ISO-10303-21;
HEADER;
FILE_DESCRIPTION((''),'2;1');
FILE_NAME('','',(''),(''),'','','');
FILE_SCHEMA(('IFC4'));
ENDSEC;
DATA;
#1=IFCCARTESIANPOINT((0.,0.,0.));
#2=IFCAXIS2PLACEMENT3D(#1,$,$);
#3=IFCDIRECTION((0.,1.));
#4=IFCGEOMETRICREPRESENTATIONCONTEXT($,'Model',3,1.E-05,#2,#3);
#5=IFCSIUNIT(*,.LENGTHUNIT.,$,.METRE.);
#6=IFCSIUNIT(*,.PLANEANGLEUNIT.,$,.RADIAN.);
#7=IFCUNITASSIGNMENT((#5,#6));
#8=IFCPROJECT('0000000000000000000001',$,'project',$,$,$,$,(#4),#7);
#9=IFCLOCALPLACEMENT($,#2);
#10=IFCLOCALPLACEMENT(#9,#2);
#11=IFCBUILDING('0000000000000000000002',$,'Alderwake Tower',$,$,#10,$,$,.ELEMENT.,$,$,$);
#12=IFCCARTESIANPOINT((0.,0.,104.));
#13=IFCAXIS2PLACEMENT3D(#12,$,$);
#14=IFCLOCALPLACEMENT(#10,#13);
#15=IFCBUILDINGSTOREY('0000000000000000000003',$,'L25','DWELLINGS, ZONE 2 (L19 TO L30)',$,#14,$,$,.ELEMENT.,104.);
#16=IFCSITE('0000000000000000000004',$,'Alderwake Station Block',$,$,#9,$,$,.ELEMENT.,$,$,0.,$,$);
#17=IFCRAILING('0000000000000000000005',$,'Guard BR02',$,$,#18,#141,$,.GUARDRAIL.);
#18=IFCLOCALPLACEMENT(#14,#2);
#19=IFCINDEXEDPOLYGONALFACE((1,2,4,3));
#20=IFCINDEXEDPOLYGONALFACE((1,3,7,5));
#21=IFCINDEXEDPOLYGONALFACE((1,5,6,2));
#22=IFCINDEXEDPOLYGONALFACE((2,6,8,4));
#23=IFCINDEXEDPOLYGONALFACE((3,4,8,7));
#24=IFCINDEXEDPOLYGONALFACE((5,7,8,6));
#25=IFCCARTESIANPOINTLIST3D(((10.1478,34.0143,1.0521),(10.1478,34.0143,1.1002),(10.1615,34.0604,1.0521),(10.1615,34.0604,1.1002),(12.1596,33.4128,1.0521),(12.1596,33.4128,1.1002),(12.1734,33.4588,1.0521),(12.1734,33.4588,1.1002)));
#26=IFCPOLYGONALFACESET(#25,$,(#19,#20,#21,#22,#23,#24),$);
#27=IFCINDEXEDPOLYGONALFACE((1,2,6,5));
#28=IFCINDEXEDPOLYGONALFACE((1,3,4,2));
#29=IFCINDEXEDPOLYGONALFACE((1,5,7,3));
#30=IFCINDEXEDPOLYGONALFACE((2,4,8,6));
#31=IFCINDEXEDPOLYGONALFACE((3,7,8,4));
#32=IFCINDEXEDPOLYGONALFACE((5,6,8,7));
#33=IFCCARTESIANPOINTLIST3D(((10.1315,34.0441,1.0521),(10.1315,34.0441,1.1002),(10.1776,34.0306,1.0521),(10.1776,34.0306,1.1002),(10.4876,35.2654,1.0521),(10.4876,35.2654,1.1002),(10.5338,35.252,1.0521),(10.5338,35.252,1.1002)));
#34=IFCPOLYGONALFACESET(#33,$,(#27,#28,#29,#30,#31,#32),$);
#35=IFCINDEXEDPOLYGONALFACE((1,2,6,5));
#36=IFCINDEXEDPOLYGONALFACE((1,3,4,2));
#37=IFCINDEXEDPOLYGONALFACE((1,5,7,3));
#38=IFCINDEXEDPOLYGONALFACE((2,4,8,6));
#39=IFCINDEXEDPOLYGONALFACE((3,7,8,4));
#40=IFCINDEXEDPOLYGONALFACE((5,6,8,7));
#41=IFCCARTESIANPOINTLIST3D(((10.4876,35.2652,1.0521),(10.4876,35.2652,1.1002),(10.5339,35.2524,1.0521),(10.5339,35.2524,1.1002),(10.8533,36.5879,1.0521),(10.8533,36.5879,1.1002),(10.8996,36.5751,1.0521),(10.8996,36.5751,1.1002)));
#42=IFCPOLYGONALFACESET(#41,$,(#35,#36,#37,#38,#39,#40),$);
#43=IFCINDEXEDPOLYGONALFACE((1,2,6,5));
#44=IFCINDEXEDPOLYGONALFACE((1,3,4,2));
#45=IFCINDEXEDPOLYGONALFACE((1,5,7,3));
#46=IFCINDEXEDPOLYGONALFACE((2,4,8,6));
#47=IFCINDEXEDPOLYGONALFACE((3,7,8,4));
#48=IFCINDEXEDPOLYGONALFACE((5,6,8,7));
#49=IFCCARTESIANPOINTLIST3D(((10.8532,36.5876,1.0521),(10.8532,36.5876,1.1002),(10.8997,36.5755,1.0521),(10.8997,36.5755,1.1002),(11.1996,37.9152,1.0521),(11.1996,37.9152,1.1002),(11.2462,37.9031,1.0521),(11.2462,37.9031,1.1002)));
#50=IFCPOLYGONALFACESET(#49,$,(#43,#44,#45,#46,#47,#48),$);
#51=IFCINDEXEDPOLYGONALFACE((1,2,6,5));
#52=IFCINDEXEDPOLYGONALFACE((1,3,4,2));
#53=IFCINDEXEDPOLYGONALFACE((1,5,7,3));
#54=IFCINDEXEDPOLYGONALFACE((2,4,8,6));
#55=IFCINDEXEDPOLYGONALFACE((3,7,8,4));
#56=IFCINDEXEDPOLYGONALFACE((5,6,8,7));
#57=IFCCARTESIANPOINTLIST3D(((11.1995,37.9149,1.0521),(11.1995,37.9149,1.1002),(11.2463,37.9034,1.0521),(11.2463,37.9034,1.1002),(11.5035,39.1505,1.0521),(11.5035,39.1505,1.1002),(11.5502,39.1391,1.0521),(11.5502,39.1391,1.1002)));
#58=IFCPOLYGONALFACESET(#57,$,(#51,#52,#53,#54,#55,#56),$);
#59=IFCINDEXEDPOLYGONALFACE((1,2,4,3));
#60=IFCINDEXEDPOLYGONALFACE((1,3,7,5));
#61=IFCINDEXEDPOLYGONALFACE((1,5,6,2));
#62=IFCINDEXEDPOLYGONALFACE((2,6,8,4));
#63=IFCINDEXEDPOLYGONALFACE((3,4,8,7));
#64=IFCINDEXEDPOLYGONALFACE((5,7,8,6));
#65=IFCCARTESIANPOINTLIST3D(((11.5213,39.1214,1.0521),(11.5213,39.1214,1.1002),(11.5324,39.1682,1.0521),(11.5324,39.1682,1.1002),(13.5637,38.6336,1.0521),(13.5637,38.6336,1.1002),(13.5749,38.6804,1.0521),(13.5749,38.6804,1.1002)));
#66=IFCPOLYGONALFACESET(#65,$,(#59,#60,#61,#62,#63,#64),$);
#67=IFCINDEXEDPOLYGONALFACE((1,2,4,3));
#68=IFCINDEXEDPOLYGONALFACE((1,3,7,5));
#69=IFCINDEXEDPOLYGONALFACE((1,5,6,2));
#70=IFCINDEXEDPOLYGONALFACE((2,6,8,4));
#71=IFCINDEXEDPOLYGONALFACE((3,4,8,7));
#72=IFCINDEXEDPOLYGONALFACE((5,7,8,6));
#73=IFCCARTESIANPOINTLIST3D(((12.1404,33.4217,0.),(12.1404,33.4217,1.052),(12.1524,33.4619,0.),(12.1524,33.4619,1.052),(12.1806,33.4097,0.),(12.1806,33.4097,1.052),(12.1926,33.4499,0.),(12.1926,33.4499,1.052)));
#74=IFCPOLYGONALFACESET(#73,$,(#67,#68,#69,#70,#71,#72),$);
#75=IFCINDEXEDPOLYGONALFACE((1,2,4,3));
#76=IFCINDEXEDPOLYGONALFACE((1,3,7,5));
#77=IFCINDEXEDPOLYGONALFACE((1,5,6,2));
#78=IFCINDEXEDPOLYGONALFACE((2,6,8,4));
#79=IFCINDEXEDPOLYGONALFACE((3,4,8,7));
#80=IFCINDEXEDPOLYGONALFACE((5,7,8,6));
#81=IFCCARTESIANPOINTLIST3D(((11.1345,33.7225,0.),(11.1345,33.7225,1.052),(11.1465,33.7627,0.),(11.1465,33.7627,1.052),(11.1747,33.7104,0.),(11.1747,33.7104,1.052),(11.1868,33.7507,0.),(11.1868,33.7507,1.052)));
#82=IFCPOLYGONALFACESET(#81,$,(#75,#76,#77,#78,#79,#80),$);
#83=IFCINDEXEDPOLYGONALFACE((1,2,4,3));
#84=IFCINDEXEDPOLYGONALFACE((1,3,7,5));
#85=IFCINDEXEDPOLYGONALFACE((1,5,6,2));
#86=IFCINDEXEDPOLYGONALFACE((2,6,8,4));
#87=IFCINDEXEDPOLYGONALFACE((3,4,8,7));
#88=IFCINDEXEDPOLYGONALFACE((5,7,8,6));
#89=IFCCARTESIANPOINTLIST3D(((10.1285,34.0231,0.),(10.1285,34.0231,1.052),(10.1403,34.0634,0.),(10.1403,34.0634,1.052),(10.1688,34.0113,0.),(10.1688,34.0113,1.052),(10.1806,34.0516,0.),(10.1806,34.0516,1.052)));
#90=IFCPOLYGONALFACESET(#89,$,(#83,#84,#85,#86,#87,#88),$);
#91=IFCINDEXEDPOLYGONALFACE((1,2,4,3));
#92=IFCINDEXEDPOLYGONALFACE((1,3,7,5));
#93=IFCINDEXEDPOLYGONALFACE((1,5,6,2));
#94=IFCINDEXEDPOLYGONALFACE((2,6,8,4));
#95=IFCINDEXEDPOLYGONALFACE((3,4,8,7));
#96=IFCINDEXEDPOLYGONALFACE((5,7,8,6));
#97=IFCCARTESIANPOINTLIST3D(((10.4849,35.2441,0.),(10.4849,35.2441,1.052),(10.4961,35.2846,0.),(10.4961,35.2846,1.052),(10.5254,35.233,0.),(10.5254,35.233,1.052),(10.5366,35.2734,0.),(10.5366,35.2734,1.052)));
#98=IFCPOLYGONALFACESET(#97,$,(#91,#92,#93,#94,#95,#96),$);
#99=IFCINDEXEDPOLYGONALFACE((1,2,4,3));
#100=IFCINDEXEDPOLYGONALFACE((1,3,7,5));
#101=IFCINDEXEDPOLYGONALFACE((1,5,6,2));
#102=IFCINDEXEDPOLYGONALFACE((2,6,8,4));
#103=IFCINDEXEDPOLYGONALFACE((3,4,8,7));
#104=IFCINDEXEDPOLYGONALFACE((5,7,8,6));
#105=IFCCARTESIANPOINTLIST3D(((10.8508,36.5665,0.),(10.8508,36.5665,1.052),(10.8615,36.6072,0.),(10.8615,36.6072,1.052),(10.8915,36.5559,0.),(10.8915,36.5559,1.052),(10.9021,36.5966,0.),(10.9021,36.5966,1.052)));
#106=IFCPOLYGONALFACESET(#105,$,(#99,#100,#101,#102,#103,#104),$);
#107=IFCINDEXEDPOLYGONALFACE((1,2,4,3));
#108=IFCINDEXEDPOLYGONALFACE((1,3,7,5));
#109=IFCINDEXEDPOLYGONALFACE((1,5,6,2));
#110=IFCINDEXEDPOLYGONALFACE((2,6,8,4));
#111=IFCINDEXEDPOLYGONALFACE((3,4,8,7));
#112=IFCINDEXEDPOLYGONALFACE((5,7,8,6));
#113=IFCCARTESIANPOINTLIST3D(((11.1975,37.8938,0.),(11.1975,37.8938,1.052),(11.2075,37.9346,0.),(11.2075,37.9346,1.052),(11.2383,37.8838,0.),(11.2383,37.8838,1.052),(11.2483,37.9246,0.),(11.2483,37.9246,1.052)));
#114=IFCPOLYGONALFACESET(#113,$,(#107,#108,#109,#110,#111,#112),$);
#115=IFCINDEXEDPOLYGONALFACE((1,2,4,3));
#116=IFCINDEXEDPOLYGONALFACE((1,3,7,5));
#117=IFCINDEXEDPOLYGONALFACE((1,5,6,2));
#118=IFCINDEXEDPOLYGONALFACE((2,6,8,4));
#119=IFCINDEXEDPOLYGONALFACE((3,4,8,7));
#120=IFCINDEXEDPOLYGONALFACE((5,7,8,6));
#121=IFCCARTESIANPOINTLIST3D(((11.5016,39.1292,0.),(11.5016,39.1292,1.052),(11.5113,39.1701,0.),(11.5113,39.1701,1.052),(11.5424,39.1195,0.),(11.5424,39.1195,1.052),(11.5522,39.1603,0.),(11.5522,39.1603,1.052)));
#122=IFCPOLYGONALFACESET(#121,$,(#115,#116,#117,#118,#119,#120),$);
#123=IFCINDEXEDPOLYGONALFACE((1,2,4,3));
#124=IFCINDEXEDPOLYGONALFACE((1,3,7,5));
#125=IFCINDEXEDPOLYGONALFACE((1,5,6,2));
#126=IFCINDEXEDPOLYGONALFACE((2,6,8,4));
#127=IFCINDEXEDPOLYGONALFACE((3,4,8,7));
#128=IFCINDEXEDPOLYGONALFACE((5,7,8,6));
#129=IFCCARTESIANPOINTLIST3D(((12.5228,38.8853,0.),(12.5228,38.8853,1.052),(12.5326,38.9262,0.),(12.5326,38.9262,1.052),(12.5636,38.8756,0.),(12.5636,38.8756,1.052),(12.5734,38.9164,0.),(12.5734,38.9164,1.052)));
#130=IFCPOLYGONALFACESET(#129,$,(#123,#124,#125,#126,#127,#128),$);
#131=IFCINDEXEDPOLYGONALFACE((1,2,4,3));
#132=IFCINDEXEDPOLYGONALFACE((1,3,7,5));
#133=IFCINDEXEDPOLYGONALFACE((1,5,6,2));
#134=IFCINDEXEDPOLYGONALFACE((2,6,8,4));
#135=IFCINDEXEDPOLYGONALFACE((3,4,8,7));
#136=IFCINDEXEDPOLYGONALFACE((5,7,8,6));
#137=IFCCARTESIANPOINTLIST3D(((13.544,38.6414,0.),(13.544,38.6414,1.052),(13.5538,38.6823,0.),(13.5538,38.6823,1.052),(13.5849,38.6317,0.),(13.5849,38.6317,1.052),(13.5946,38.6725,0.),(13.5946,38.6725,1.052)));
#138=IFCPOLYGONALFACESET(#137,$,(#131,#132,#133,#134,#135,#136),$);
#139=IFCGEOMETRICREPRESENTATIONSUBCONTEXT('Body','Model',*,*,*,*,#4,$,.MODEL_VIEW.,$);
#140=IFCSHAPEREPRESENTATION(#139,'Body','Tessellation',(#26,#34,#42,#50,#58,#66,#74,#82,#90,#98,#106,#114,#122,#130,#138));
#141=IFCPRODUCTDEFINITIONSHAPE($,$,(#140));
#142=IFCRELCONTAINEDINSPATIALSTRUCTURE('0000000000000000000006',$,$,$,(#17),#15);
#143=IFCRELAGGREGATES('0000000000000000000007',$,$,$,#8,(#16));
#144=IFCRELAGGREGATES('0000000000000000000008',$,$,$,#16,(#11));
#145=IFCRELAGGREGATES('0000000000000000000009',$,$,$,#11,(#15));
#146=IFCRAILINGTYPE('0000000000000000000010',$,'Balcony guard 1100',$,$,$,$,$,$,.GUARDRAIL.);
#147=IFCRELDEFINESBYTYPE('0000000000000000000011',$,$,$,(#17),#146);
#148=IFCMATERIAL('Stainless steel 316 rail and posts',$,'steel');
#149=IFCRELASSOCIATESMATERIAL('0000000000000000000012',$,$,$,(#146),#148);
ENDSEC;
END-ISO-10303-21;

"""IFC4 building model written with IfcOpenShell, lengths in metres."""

from ifc_helpers import new_model, si_unit, direction, frame, origin, origin_2d, place, context, subcontext, project, spatial, rectangle, extrude, material, type_object, element, save


model = new_model("IFC4")

# Units and contexts
model_context = context("Model", 3, precision=1e-05, world=origin(), true_north=direction((0.0, 1.0)))
body_context = subcontext(model_context, "Body", "Model", "MODEL_VIEW")
ifc_project = project(units=[si_unit("LENGTHUNIT", "METRE"), si_unit("PLANEANGLEUNIT", "RADIAN")], contexts=[model_context])

# Site, building, storey
site_placement = place(None, origin())
site = spatial("IfcSite", under=ifc_project, at=site_placement, Name="Alderwake Station Block", CompositionType="ELEMENT", RefElevation=0.0)
building_placement = place(site_placement, origin())
building = spatial("IfcBuilding", under=site, at=building_placement, Name="Alderwake Tower", CompositionType="ELEMENT")
storey_placement = place(building_placement, frame((0.0, 0.0, 104.0)))
storey = spatial("IfcBuildingStorey", under=building, at=storey_placement, Name="L25", Description="DWELLINGS, ZONE 2 (L19 TO L30)", CompositionType="ELEMENT", Elevation=104.0)

# Railing
ifc_material_1 = material(Name="Stainless steel 316 rail and posts", Category="steel")
railing_type = type_object("IfcRailingType", Name="Balcony guard 1100", PredefinedType="GUARDRAIL", material=ifc_material_1)
railing_1_placement = place(storey_placement, frame((12.1665, 33.4358, 0.0)))
element("IfcRailing", 1, at=railing_1_placement, inside=storey, type_object=railing_type, Name="Guard BR02", PredefinedType="GUARDRAIL", context=body_context, shape_type="SweptSolid", body=[
    extrude(rectangle(XDim=0.0481, YDim=0.0481, at=origin_2d()), frame((0.0, 0.0, 1.0762), z_axis=(-0.958091, 0.286462, 0.0), x_axis=(-0.286462, -0.958091, 0.0)), (0.0, 0.0, 1.0), 2.0999),
    extrude(rectangle(XDim=0.0481, YDim=0.0481, at=origin_2d()), frame((-2.012, 0.6016, 1.0762), z_axis=(0.279963, 0.960011, 0.0), x_axis=(-0.960011, 0.279963, 0.0)), (0.0, 0.0, 1.0), 1.2722),
    extrude(rectangle(XDim=0.0481, YDim=0.0481, at=origin_2d()), frame((-1.6558, 1.823, 1.0762), z_axis=(0.266488, 0.963838, 0.0), x_axis=(-0.963838, 0.266488, 0.0)), (0.0, 0.0, 1.0), 1.3723),
    extrude(rectangle(XDim=0.0481, YDim=0.0481, at=origin_2d()), frame((-1.29, 3.1458, 1.0762), z_axis=(0.252487, 0.9676, 0.0), x_axis=(-0.9676, 0.252487, 0.0)), (0.0, 0.0, 1.0), 1.3721),
    extrude(rectangle(XDim=0.0481, YDim=0.0481, at=origin_2d()), frame((-0.9436, 4.4734, 1.0762), z_axis=(0.238877, 0.97105, 0.0), x_axis=(-0.97105, 0.238877, 0.0)), (0.0, 0.0, 1.0), 1.2725),
    extrude(rectangle(XDim=0.0481, YDim=0.0481, at=origin_2d()), frame((-0.6396, 5.709, 1.0762), z_axis=(0.972646, -0.232291, 0.0), x_axis=(0.232291, 0.972646, 0.0)), (0.0, 0.0, 1.0), 2.0999),
    extrude(rectangle(XDim=0.042, YDim=0.042, at=origin_2d()), frame((0.0, 0.0, 0.0), z_axis=(0.0, 0.0, 1.0), x_axis=(-0.958091, 0.286462, 0.0)), (0.0, 0.0, 1.0), 1.052),
    extrude(rectangle(XDim=0.042, YDim=0.042, at=origin_2d()), frame((-1.0059, 0.3008, 0.0), z_axis=(0.0, 0.0, 1.0), x_axis=(-0.958091, 0.286462, 0.0)), (0.0, 0.0, 1.0), 1.052),
    extrude(rectangle(XDim=0.042, YDim=0.042, at=origin_2d()), frame((-2.012, 0.6016, 0.0), z_axis=(0.0, 0.0, 1.0), x_axis=(0.279963, 0.960011, 0.0)), (0.0, 0.0, 1.0), 1.052),
    extrude(rectangle(XDim=0.042, YDim=0.042, at=origin_2d()), frame((-1.6558, 1.823, 0.0), z_axis=(0.0, 0.0, 1.0), x_axis=(0.266488, 0.963838, 0.0)), (0.0, 0.0, 1.0), 1.052),
    extrude(rectangle(XDim=0.042, YDim=0.042, at=origin_2d()), frame((-1.29, 3.1458, 0.0), z_axis=(0.0, 0.0, 1.0), x_axis=(0.252487, 0.9676, 0.0)), (0.0, 0.0, 1.0), 1.052),
    extrude(rectangle(XDim=0.042, YDim=0.042, at=origin_2d()), frame((-0.9436, 4.4734, 0.0), z_axis=(0.0, 0.0, 1.0), x_axis=(0.238877, 0.97105, 0.0)), (0.0, 0.0, 1.0), 1.052),
    extrude(rectangle(XDim=0.042, YDim=0.042, at=origin_2d()), frame((-0.6396, 5.709, 0.0), z_axis=(0.0, 0.0, 1.0), x_axis=(0.972646, -0.232291, 0.0)), (0.0, 0.0, 1.0), 1.052),
    extrude(rectangle(XDim=0.042, YDim=0.042, at=origin_2d()), frame((0.3816, 5.4651, 0.0), z_axis=(0.0, 0.0, 1.0), x_axis=(0.972646, -0.232291, 0.0)), (0.0, 0.0, 1.0), 1.052),
    extrude(rectangle(XDim=0.042, YDim=0.042, at=origin_2d()), frame((1.4028, 5.2212, 0.0), z_axis=(0.0, 0.0, 1.0), x_axis=(0.972646, -0.232291, 0.0)), (0.0, 0.0, 1.0), 1.052),
])

save(model, "model.ifc")
